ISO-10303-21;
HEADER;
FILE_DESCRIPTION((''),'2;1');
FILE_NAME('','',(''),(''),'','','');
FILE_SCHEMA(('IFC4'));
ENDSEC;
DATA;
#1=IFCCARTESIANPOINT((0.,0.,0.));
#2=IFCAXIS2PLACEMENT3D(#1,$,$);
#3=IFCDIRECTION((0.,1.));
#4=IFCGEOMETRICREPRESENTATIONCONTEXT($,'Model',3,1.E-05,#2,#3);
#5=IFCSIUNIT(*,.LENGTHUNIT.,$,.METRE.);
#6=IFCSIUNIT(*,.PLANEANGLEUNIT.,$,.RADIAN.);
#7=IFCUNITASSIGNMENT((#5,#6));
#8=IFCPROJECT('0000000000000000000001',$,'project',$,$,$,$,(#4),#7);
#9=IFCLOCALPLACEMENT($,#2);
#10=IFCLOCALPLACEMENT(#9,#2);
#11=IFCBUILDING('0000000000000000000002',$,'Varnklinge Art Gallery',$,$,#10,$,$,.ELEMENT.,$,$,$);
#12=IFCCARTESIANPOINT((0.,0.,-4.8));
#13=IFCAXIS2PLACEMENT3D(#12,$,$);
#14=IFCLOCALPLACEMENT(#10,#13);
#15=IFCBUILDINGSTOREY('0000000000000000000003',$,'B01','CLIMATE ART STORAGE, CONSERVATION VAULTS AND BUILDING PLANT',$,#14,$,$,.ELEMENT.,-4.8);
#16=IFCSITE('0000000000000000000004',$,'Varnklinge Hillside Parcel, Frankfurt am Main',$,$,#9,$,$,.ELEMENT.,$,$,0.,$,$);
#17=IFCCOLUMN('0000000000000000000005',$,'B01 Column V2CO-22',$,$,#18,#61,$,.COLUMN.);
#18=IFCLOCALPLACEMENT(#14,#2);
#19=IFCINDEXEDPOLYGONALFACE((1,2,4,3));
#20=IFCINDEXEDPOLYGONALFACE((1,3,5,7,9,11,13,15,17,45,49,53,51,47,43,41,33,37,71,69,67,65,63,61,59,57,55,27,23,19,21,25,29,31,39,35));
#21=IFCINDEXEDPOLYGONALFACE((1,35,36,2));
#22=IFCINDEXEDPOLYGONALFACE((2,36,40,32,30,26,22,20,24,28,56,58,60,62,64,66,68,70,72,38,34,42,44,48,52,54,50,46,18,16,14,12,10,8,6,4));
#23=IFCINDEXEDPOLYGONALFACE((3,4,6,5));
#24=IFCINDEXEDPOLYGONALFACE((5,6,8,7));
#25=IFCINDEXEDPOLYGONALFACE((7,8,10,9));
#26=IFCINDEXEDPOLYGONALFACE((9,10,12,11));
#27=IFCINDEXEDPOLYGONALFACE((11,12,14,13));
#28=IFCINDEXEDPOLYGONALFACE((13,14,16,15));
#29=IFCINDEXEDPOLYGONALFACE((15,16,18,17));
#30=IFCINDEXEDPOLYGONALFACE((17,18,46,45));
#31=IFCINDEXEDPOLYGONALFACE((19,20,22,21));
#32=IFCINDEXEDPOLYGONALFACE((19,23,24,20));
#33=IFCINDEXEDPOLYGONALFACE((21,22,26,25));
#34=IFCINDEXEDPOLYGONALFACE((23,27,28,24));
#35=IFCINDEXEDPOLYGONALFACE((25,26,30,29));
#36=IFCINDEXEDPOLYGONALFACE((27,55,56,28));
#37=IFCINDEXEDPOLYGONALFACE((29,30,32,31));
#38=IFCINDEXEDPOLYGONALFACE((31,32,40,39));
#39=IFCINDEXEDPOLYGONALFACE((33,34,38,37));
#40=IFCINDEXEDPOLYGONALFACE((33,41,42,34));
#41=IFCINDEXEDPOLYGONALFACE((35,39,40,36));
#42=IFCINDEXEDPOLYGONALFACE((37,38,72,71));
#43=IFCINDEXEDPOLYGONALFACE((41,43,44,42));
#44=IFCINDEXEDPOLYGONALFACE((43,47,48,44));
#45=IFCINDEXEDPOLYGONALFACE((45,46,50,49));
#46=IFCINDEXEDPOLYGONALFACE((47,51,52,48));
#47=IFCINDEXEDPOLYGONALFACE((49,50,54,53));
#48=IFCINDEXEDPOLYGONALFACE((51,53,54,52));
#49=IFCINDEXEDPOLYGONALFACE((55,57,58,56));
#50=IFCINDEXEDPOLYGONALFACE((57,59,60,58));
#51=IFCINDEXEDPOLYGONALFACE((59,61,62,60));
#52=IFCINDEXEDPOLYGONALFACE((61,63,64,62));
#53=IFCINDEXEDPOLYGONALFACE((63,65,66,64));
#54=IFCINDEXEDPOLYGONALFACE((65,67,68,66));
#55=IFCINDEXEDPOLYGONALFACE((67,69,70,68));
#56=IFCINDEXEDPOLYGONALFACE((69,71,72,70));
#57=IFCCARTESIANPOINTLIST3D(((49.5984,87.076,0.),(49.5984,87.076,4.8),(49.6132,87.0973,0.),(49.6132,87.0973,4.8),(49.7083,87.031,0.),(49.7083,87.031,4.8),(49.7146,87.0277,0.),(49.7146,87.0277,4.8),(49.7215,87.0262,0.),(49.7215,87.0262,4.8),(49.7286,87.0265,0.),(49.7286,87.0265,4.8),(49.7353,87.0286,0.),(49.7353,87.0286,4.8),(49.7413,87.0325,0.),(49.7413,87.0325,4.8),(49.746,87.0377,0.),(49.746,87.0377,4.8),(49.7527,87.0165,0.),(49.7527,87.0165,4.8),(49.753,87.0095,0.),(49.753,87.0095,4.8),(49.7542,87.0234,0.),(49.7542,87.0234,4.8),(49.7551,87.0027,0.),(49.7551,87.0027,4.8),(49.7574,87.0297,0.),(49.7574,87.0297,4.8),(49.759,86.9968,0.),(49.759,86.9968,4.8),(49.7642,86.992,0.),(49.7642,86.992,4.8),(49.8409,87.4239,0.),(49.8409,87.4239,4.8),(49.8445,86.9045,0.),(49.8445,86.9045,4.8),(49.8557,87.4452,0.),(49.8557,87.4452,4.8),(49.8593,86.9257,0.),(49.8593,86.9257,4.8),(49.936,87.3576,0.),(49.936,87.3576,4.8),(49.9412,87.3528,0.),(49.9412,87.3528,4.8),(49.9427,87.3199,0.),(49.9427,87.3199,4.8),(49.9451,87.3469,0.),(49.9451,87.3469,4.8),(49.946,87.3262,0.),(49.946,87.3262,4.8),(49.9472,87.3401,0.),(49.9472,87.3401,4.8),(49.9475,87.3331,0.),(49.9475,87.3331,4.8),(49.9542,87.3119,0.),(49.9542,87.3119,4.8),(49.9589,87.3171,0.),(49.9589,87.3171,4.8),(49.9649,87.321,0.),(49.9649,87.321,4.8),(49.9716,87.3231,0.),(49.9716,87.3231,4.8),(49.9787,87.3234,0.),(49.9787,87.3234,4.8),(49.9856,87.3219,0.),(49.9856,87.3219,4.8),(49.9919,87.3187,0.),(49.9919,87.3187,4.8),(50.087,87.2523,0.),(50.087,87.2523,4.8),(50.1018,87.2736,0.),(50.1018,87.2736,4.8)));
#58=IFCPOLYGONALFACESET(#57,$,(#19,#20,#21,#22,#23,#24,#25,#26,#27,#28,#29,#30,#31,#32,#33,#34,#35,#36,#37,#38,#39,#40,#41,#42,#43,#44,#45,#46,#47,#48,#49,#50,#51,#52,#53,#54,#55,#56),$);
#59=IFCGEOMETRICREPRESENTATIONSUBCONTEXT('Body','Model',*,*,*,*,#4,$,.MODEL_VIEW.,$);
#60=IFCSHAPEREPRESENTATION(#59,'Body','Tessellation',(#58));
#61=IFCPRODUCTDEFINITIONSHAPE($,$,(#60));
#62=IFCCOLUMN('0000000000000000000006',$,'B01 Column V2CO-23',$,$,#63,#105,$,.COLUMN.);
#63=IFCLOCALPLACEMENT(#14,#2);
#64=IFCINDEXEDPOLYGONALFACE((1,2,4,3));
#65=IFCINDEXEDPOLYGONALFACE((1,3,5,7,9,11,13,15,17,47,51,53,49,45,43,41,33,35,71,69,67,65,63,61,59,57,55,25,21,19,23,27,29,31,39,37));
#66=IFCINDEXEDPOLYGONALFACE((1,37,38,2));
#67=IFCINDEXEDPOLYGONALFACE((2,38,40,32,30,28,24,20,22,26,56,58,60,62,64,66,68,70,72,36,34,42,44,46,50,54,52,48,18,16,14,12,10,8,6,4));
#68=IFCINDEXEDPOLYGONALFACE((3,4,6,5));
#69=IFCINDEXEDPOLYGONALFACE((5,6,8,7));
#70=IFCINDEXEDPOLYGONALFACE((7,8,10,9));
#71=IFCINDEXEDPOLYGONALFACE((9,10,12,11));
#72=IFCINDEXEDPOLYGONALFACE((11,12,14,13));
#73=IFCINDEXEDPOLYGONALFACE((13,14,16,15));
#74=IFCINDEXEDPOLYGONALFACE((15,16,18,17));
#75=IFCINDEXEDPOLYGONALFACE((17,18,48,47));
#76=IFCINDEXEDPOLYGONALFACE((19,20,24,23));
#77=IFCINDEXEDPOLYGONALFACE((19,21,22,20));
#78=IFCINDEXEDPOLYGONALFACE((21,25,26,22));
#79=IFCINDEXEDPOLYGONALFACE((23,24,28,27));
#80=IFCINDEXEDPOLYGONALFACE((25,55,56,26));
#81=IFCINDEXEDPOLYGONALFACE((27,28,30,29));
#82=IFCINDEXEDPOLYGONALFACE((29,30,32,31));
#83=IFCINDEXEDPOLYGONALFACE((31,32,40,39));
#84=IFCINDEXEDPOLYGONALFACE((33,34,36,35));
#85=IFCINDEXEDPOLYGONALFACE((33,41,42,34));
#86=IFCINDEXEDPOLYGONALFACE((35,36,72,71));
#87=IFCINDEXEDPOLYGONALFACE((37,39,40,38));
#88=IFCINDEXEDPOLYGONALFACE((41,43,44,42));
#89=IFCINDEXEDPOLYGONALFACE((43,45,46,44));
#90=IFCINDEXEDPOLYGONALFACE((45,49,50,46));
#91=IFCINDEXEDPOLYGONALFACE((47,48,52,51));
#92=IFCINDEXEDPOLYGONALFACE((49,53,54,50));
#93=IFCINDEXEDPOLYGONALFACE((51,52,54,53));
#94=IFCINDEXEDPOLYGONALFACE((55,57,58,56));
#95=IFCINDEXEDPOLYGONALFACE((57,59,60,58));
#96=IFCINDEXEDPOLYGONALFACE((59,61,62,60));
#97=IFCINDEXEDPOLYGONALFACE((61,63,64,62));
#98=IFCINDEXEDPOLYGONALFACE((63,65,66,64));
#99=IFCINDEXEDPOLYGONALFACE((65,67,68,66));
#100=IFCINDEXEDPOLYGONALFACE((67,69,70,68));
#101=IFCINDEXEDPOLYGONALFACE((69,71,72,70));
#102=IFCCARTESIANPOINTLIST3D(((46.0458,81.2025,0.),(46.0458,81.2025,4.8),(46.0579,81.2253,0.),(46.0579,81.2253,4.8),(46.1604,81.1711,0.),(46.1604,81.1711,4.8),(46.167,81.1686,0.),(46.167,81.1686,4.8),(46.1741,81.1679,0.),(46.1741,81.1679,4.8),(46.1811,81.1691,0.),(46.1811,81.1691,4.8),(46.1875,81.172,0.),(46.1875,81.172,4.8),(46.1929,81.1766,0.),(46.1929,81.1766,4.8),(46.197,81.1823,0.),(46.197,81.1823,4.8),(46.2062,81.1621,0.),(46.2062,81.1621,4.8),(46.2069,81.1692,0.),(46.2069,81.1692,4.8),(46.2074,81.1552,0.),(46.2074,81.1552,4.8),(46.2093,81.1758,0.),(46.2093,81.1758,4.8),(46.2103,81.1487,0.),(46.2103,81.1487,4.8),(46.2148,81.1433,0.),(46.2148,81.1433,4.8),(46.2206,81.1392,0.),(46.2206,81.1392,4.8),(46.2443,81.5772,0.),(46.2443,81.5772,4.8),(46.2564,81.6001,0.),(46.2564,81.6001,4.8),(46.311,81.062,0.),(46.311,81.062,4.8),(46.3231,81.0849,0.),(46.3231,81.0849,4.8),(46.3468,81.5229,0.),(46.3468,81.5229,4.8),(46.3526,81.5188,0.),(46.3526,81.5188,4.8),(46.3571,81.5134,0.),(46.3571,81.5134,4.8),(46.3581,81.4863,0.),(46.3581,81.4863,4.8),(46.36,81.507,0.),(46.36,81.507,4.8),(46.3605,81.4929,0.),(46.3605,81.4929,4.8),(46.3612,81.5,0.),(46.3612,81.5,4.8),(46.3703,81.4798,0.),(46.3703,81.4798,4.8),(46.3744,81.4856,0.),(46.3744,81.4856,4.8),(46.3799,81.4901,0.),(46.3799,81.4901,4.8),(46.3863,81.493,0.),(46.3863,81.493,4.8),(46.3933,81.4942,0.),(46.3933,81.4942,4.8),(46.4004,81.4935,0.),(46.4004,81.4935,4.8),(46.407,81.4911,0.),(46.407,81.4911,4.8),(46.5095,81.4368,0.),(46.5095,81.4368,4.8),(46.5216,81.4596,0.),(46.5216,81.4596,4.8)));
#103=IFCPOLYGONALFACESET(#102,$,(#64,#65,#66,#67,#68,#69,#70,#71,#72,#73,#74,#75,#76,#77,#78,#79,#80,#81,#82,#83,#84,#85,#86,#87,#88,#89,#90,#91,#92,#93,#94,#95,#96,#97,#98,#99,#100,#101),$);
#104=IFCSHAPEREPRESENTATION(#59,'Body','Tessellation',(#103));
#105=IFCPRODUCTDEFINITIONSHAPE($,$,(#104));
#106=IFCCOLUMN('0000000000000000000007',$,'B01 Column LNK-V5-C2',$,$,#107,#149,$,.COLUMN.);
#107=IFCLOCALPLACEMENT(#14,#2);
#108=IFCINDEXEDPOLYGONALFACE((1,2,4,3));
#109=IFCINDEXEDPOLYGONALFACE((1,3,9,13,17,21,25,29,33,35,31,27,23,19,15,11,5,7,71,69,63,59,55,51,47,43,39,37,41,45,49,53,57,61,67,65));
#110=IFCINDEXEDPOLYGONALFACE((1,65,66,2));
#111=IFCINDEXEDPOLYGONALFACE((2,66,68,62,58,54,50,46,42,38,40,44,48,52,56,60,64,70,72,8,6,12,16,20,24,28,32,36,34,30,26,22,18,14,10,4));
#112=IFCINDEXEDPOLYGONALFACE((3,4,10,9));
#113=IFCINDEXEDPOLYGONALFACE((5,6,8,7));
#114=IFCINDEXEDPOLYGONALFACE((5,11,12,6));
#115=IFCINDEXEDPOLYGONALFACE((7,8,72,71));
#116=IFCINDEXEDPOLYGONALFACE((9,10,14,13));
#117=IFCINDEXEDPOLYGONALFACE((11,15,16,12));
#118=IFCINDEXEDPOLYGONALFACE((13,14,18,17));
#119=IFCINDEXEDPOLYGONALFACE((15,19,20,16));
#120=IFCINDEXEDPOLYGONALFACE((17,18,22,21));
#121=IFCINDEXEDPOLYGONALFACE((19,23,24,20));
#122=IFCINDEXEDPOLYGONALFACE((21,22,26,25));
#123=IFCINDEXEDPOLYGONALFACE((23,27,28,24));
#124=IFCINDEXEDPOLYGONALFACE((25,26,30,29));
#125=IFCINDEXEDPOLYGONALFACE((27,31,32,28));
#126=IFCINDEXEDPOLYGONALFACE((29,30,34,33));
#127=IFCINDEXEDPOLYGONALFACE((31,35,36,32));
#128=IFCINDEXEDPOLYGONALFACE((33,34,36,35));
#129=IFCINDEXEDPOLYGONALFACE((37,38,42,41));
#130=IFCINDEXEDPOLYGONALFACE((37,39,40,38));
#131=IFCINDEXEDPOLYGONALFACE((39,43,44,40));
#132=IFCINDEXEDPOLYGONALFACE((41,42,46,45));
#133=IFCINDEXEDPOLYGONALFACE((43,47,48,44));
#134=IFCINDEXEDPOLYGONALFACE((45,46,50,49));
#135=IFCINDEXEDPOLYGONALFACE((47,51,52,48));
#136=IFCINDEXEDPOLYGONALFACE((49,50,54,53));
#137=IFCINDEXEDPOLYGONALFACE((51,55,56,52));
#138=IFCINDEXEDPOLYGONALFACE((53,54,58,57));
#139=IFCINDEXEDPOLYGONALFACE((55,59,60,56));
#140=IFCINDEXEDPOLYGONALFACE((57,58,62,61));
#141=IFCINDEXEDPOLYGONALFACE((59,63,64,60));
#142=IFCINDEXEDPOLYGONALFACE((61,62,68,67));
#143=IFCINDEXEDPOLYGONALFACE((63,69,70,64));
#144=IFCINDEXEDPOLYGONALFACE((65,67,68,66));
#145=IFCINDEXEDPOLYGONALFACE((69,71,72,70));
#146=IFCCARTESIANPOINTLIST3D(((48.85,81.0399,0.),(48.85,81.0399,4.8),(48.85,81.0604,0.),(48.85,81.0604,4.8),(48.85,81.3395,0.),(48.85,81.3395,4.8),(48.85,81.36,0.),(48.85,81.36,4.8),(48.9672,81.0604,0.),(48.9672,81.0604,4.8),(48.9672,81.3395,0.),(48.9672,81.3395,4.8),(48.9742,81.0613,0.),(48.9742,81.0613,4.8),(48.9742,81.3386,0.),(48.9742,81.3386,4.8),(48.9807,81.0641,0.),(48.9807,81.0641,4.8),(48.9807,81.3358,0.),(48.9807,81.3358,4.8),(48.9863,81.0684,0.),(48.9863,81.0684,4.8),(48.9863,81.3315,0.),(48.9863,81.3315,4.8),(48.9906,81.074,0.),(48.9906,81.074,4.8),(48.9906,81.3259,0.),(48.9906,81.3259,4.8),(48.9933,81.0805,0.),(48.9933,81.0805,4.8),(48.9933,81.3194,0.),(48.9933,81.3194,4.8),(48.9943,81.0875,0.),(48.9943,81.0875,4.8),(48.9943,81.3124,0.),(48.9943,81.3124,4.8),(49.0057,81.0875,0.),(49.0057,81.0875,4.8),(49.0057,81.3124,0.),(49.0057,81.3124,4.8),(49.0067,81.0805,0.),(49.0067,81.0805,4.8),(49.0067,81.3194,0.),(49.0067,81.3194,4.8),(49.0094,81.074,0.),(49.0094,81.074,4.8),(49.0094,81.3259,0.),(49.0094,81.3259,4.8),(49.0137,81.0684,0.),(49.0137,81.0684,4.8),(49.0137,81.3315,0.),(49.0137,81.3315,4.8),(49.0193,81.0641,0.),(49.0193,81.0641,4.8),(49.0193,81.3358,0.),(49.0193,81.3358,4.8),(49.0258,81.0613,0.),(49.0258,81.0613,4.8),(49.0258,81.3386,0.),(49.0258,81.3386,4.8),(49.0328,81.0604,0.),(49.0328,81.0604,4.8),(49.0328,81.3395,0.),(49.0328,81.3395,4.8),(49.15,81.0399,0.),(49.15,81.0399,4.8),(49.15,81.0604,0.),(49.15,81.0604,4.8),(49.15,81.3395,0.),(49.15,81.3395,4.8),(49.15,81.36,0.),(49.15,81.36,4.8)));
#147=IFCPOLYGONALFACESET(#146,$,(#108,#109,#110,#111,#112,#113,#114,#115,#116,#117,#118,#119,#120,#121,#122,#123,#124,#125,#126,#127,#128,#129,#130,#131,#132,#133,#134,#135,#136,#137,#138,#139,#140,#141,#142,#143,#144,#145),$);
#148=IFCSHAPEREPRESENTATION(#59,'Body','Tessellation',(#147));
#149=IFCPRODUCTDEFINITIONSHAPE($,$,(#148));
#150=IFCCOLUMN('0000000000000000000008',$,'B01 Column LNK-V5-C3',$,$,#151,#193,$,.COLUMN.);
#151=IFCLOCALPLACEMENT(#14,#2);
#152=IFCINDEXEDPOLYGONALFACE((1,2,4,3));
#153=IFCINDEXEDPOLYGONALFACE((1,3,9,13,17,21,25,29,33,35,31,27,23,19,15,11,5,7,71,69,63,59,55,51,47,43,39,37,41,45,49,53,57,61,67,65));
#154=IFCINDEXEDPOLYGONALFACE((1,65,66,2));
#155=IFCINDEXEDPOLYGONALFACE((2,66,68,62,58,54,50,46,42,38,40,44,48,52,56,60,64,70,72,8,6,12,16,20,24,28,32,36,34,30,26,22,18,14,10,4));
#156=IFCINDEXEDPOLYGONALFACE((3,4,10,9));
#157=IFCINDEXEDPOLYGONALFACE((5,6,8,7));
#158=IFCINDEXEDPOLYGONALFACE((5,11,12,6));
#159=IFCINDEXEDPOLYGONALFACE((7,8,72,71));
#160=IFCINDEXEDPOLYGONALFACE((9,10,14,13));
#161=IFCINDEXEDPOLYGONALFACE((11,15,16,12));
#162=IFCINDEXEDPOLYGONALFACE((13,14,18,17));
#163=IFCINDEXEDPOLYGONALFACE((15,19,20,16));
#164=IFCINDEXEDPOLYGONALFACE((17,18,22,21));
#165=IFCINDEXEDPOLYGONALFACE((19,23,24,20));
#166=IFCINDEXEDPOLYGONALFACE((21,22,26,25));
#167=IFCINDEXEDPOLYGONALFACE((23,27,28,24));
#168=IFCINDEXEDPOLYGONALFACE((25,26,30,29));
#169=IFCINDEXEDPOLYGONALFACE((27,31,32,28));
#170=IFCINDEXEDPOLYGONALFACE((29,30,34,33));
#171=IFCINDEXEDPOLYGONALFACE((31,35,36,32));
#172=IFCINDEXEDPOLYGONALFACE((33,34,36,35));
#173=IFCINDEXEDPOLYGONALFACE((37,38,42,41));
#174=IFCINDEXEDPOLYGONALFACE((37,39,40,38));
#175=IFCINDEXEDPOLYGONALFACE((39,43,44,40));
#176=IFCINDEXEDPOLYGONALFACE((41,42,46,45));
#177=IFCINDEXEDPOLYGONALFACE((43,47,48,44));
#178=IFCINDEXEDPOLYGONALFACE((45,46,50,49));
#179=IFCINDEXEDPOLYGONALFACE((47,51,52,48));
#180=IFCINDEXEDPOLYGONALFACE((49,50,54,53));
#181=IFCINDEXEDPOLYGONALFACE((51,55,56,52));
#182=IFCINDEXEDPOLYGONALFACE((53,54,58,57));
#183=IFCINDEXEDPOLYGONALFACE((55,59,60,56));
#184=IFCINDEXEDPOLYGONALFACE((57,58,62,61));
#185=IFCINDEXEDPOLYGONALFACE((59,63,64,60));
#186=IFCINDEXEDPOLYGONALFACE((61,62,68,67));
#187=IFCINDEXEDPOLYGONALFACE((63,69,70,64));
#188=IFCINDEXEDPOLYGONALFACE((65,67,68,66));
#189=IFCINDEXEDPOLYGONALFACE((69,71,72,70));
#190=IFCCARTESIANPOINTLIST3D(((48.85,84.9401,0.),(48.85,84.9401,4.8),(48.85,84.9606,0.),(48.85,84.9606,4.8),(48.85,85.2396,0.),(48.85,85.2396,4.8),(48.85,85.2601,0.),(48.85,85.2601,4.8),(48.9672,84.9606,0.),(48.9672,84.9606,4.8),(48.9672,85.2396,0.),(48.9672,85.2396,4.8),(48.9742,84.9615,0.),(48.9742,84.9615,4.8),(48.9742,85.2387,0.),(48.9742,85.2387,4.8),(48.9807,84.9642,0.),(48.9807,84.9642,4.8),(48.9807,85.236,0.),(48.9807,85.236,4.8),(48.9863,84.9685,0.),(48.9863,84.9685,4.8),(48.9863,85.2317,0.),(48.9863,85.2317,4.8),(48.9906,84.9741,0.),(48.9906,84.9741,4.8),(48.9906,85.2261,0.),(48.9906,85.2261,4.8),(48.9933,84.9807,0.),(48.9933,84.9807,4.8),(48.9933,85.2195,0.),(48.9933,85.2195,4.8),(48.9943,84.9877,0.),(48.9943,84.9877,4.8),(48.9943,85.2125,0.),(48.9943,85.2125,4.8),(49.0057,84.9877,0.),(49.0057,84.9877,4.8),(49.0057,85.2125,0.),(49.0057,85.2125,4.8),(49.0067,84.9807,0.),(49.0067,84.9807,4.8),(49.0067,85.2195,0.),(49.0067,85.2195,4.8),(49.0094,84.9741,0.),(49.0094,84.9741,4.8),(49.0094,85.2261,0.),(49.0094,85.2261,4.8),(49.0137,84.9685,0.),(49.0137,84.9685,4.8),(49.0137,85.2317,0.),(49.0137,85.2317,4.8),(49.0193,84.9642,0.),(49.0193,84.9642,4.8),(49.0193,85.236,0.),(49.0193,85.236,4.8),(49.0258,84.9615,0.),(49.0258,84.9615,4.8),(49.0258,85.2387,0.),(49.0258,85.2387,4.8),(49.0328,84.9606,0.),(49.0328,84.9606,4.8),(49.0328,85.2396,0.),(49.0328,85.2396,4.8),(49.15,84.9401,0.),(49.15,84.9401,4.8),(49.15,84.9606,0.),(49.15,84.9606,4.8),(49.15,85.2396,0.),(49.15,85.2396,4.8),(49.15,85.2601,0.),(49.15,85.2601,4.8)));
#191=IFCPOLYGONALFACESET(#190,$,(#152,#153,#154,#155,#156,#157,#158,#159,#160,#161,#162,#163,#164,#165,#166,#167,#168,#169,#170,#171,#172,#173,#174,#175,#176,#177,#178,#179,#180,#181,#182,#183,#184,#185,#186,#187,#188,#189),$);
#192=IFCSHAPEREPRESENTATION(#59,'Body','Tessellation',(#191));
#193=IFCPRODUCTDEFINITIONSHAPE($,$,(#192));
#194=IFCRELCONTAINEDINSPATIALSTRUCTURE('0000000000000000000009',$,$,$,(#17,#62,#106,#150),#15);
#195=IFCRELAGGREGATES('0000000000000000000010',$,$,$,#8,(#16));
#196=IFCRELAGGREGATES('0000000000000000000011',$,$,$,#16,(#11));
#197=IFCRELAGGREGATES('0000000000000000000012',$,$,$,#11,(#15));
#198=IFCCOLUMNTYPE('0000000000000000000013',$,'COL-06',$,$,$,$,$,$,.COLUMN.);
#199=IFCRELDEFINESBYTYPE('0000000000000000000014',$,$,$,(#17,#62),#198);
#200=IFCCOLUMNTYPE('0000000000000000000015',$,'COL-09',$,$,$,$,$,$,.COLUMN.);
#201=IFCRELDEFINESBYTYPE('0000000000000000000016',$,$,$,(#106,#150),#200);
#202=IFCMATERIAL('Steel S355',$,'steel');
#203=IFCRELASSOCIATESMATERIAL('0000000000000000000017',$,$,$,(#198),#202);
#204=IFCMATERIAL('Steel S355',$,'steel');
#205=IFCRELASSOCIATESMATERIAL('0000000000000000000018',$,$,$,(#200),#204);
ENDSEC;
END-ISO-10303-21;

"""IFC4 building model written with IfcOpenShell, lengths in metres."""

from ifc_helpers import new_model, si_unit, direction, frame, origin, origin_2d, place, context, subcontext, project, spatial, i_section, extrude, material, material_profile, profile_set, type_object, element, save


model = new_model("IFC4")

# Units and contexts
model_context = context("Model", 3, precision=1e-05, world=origin(), true_north=direction((0.0, 1.0)))
body_context = subcontext(model_context, "Body", "Model", "MODEL_VIEW")
ifc_project = project(units=[si_unit("LENGTHUNIT", "METRE"), si_unit("PLANEANGLEUNIT", "RADIAN")], contexts=[model_context])

# Site, building, storey
site_placement = place(None, origin())
site = spatial("IfcSite", under=ifc_project, at=site_placement, Name="Varnklinge Hillside Parcel, Frankfurt am Main", CompositionType="ELEMENT", RefElevation=0.0)
building_placement = place(site_placement, origin())
building = spatial("IfcBuilding", under=site, at=building_placement, Name="Varnklinge Art Gallery", CompositionType="ELEMENT")
storey_placement = place(building_placement, frame((0.0, 0.0, -4.8)))
storey = spatial("IfcBuildingStorey", under=building, at=storey_placement, Name="B01", Description="CLIMATE ART STORAGE, CONSERVATION VAULTS AND BUILDING PLANT", CompositionType="ELEMENT", Elevation=-4.8)

# Columns
ifc_material_1 = material(Name="Steel S355", Category="steel")
ifc_material_profile_1 = material_profile(ifc_material_1, i_section(OverallWidth=0.3, OverallDepth=0.45, WebThickness=0.0139, FlangeThickness=0.0259, FilletRadius=0.0271, at=origin_2d()), Name="HEB 450")
ifc_profile_set_1 = profile_set([ifc_material_profile_1], Name="Steel S355")
column_type_1 = type_object("IfcColumnType", Name="COL-06", PredefinedType="COLUMN", material=ifc_profile_set_1)
for number, where, z_axis, x_axis, name in (
    (1, (49.8501, 87.1748, 0.0), (0.0, 0.0, 1.0), (0.820352, -0.57186, 0.0), "B01 Column V2CO-22"),
    (2, (46.2837, 81.3311, 0.0), (0.0, 0.0, 1.0), (0.883684, -0.468084, 0.0), "B01 Column V2CO-23"),
):
    element("IfcColumn", number, at=place(storey_placement, frame(where, z_axis=z_axis, x_axis=x_axis)), inside=storey, type_object=column_type_1, Name=name, PredefinedType="COLUMN", context=body_context, shape_type="SweptSolid", body=[
        extrude(i_section(OverallWidth=0.3, OverallDepth=0.45, WebThickness=0.0139, FlangeThickness=0.0259, FilletRadius=0.0271, at=origin_2d()), origin(), (0.0, 0.0, 1.0), 4.8),
    ])
ifc_material_2 = material(Name="Steel S355", Category="steel")
ifc_material_profile_2 = material_profile(ifc_material_2, i_section(OverallWidth=0.3, OverallDepth=0.3201, WebThickness=0.0115, FlangeThickness=0.0205, FilletRadius=0.0271, at=origin_2d()), Name="HEB 320")
ifc_profile_set_2 = profile_set([ifc_material_profile_2], Name="Steel S355")
column_type_2 = type_object("IfcColumnType", Name="COL-09", PredefinedType="COLUMN", material=ifc_profile_set_2)
for number, where, z_axis, x_axis, name in (
    (3, (49.0, 81.2, 0.0), (0.0, 0.0, 1.0), (1.0, 0.0, 0.0), "B01 Column LNK-V5-C2"),
    (4, (49.0, 85.1001, 0.0), (0.0, 0.0, 1.0), (1.0, 0.0, 0.0), "B01 Column LNK-V5-C3"),
):
    element("IfcColumn", number, at=place(storey_placement, frame(where, z_axis=z_axis, x_axis=x_axis)), inside=storey, type_object=column_type_2, Name=name, PredefinedType="COLUMN", context=body_context, shape_type="SweptSolid", body=[
        extrude(i_section(OverallWidth=0.3, OverallDepth=0.3201, WebThickness=0.0115, FlangeThickness=0.0205, FilletRadius=0.0271, at=origin_2d()), origin(), (0.0, 0.0, 1.0), 4.8),
    ])

save(model, "model.ifc")
